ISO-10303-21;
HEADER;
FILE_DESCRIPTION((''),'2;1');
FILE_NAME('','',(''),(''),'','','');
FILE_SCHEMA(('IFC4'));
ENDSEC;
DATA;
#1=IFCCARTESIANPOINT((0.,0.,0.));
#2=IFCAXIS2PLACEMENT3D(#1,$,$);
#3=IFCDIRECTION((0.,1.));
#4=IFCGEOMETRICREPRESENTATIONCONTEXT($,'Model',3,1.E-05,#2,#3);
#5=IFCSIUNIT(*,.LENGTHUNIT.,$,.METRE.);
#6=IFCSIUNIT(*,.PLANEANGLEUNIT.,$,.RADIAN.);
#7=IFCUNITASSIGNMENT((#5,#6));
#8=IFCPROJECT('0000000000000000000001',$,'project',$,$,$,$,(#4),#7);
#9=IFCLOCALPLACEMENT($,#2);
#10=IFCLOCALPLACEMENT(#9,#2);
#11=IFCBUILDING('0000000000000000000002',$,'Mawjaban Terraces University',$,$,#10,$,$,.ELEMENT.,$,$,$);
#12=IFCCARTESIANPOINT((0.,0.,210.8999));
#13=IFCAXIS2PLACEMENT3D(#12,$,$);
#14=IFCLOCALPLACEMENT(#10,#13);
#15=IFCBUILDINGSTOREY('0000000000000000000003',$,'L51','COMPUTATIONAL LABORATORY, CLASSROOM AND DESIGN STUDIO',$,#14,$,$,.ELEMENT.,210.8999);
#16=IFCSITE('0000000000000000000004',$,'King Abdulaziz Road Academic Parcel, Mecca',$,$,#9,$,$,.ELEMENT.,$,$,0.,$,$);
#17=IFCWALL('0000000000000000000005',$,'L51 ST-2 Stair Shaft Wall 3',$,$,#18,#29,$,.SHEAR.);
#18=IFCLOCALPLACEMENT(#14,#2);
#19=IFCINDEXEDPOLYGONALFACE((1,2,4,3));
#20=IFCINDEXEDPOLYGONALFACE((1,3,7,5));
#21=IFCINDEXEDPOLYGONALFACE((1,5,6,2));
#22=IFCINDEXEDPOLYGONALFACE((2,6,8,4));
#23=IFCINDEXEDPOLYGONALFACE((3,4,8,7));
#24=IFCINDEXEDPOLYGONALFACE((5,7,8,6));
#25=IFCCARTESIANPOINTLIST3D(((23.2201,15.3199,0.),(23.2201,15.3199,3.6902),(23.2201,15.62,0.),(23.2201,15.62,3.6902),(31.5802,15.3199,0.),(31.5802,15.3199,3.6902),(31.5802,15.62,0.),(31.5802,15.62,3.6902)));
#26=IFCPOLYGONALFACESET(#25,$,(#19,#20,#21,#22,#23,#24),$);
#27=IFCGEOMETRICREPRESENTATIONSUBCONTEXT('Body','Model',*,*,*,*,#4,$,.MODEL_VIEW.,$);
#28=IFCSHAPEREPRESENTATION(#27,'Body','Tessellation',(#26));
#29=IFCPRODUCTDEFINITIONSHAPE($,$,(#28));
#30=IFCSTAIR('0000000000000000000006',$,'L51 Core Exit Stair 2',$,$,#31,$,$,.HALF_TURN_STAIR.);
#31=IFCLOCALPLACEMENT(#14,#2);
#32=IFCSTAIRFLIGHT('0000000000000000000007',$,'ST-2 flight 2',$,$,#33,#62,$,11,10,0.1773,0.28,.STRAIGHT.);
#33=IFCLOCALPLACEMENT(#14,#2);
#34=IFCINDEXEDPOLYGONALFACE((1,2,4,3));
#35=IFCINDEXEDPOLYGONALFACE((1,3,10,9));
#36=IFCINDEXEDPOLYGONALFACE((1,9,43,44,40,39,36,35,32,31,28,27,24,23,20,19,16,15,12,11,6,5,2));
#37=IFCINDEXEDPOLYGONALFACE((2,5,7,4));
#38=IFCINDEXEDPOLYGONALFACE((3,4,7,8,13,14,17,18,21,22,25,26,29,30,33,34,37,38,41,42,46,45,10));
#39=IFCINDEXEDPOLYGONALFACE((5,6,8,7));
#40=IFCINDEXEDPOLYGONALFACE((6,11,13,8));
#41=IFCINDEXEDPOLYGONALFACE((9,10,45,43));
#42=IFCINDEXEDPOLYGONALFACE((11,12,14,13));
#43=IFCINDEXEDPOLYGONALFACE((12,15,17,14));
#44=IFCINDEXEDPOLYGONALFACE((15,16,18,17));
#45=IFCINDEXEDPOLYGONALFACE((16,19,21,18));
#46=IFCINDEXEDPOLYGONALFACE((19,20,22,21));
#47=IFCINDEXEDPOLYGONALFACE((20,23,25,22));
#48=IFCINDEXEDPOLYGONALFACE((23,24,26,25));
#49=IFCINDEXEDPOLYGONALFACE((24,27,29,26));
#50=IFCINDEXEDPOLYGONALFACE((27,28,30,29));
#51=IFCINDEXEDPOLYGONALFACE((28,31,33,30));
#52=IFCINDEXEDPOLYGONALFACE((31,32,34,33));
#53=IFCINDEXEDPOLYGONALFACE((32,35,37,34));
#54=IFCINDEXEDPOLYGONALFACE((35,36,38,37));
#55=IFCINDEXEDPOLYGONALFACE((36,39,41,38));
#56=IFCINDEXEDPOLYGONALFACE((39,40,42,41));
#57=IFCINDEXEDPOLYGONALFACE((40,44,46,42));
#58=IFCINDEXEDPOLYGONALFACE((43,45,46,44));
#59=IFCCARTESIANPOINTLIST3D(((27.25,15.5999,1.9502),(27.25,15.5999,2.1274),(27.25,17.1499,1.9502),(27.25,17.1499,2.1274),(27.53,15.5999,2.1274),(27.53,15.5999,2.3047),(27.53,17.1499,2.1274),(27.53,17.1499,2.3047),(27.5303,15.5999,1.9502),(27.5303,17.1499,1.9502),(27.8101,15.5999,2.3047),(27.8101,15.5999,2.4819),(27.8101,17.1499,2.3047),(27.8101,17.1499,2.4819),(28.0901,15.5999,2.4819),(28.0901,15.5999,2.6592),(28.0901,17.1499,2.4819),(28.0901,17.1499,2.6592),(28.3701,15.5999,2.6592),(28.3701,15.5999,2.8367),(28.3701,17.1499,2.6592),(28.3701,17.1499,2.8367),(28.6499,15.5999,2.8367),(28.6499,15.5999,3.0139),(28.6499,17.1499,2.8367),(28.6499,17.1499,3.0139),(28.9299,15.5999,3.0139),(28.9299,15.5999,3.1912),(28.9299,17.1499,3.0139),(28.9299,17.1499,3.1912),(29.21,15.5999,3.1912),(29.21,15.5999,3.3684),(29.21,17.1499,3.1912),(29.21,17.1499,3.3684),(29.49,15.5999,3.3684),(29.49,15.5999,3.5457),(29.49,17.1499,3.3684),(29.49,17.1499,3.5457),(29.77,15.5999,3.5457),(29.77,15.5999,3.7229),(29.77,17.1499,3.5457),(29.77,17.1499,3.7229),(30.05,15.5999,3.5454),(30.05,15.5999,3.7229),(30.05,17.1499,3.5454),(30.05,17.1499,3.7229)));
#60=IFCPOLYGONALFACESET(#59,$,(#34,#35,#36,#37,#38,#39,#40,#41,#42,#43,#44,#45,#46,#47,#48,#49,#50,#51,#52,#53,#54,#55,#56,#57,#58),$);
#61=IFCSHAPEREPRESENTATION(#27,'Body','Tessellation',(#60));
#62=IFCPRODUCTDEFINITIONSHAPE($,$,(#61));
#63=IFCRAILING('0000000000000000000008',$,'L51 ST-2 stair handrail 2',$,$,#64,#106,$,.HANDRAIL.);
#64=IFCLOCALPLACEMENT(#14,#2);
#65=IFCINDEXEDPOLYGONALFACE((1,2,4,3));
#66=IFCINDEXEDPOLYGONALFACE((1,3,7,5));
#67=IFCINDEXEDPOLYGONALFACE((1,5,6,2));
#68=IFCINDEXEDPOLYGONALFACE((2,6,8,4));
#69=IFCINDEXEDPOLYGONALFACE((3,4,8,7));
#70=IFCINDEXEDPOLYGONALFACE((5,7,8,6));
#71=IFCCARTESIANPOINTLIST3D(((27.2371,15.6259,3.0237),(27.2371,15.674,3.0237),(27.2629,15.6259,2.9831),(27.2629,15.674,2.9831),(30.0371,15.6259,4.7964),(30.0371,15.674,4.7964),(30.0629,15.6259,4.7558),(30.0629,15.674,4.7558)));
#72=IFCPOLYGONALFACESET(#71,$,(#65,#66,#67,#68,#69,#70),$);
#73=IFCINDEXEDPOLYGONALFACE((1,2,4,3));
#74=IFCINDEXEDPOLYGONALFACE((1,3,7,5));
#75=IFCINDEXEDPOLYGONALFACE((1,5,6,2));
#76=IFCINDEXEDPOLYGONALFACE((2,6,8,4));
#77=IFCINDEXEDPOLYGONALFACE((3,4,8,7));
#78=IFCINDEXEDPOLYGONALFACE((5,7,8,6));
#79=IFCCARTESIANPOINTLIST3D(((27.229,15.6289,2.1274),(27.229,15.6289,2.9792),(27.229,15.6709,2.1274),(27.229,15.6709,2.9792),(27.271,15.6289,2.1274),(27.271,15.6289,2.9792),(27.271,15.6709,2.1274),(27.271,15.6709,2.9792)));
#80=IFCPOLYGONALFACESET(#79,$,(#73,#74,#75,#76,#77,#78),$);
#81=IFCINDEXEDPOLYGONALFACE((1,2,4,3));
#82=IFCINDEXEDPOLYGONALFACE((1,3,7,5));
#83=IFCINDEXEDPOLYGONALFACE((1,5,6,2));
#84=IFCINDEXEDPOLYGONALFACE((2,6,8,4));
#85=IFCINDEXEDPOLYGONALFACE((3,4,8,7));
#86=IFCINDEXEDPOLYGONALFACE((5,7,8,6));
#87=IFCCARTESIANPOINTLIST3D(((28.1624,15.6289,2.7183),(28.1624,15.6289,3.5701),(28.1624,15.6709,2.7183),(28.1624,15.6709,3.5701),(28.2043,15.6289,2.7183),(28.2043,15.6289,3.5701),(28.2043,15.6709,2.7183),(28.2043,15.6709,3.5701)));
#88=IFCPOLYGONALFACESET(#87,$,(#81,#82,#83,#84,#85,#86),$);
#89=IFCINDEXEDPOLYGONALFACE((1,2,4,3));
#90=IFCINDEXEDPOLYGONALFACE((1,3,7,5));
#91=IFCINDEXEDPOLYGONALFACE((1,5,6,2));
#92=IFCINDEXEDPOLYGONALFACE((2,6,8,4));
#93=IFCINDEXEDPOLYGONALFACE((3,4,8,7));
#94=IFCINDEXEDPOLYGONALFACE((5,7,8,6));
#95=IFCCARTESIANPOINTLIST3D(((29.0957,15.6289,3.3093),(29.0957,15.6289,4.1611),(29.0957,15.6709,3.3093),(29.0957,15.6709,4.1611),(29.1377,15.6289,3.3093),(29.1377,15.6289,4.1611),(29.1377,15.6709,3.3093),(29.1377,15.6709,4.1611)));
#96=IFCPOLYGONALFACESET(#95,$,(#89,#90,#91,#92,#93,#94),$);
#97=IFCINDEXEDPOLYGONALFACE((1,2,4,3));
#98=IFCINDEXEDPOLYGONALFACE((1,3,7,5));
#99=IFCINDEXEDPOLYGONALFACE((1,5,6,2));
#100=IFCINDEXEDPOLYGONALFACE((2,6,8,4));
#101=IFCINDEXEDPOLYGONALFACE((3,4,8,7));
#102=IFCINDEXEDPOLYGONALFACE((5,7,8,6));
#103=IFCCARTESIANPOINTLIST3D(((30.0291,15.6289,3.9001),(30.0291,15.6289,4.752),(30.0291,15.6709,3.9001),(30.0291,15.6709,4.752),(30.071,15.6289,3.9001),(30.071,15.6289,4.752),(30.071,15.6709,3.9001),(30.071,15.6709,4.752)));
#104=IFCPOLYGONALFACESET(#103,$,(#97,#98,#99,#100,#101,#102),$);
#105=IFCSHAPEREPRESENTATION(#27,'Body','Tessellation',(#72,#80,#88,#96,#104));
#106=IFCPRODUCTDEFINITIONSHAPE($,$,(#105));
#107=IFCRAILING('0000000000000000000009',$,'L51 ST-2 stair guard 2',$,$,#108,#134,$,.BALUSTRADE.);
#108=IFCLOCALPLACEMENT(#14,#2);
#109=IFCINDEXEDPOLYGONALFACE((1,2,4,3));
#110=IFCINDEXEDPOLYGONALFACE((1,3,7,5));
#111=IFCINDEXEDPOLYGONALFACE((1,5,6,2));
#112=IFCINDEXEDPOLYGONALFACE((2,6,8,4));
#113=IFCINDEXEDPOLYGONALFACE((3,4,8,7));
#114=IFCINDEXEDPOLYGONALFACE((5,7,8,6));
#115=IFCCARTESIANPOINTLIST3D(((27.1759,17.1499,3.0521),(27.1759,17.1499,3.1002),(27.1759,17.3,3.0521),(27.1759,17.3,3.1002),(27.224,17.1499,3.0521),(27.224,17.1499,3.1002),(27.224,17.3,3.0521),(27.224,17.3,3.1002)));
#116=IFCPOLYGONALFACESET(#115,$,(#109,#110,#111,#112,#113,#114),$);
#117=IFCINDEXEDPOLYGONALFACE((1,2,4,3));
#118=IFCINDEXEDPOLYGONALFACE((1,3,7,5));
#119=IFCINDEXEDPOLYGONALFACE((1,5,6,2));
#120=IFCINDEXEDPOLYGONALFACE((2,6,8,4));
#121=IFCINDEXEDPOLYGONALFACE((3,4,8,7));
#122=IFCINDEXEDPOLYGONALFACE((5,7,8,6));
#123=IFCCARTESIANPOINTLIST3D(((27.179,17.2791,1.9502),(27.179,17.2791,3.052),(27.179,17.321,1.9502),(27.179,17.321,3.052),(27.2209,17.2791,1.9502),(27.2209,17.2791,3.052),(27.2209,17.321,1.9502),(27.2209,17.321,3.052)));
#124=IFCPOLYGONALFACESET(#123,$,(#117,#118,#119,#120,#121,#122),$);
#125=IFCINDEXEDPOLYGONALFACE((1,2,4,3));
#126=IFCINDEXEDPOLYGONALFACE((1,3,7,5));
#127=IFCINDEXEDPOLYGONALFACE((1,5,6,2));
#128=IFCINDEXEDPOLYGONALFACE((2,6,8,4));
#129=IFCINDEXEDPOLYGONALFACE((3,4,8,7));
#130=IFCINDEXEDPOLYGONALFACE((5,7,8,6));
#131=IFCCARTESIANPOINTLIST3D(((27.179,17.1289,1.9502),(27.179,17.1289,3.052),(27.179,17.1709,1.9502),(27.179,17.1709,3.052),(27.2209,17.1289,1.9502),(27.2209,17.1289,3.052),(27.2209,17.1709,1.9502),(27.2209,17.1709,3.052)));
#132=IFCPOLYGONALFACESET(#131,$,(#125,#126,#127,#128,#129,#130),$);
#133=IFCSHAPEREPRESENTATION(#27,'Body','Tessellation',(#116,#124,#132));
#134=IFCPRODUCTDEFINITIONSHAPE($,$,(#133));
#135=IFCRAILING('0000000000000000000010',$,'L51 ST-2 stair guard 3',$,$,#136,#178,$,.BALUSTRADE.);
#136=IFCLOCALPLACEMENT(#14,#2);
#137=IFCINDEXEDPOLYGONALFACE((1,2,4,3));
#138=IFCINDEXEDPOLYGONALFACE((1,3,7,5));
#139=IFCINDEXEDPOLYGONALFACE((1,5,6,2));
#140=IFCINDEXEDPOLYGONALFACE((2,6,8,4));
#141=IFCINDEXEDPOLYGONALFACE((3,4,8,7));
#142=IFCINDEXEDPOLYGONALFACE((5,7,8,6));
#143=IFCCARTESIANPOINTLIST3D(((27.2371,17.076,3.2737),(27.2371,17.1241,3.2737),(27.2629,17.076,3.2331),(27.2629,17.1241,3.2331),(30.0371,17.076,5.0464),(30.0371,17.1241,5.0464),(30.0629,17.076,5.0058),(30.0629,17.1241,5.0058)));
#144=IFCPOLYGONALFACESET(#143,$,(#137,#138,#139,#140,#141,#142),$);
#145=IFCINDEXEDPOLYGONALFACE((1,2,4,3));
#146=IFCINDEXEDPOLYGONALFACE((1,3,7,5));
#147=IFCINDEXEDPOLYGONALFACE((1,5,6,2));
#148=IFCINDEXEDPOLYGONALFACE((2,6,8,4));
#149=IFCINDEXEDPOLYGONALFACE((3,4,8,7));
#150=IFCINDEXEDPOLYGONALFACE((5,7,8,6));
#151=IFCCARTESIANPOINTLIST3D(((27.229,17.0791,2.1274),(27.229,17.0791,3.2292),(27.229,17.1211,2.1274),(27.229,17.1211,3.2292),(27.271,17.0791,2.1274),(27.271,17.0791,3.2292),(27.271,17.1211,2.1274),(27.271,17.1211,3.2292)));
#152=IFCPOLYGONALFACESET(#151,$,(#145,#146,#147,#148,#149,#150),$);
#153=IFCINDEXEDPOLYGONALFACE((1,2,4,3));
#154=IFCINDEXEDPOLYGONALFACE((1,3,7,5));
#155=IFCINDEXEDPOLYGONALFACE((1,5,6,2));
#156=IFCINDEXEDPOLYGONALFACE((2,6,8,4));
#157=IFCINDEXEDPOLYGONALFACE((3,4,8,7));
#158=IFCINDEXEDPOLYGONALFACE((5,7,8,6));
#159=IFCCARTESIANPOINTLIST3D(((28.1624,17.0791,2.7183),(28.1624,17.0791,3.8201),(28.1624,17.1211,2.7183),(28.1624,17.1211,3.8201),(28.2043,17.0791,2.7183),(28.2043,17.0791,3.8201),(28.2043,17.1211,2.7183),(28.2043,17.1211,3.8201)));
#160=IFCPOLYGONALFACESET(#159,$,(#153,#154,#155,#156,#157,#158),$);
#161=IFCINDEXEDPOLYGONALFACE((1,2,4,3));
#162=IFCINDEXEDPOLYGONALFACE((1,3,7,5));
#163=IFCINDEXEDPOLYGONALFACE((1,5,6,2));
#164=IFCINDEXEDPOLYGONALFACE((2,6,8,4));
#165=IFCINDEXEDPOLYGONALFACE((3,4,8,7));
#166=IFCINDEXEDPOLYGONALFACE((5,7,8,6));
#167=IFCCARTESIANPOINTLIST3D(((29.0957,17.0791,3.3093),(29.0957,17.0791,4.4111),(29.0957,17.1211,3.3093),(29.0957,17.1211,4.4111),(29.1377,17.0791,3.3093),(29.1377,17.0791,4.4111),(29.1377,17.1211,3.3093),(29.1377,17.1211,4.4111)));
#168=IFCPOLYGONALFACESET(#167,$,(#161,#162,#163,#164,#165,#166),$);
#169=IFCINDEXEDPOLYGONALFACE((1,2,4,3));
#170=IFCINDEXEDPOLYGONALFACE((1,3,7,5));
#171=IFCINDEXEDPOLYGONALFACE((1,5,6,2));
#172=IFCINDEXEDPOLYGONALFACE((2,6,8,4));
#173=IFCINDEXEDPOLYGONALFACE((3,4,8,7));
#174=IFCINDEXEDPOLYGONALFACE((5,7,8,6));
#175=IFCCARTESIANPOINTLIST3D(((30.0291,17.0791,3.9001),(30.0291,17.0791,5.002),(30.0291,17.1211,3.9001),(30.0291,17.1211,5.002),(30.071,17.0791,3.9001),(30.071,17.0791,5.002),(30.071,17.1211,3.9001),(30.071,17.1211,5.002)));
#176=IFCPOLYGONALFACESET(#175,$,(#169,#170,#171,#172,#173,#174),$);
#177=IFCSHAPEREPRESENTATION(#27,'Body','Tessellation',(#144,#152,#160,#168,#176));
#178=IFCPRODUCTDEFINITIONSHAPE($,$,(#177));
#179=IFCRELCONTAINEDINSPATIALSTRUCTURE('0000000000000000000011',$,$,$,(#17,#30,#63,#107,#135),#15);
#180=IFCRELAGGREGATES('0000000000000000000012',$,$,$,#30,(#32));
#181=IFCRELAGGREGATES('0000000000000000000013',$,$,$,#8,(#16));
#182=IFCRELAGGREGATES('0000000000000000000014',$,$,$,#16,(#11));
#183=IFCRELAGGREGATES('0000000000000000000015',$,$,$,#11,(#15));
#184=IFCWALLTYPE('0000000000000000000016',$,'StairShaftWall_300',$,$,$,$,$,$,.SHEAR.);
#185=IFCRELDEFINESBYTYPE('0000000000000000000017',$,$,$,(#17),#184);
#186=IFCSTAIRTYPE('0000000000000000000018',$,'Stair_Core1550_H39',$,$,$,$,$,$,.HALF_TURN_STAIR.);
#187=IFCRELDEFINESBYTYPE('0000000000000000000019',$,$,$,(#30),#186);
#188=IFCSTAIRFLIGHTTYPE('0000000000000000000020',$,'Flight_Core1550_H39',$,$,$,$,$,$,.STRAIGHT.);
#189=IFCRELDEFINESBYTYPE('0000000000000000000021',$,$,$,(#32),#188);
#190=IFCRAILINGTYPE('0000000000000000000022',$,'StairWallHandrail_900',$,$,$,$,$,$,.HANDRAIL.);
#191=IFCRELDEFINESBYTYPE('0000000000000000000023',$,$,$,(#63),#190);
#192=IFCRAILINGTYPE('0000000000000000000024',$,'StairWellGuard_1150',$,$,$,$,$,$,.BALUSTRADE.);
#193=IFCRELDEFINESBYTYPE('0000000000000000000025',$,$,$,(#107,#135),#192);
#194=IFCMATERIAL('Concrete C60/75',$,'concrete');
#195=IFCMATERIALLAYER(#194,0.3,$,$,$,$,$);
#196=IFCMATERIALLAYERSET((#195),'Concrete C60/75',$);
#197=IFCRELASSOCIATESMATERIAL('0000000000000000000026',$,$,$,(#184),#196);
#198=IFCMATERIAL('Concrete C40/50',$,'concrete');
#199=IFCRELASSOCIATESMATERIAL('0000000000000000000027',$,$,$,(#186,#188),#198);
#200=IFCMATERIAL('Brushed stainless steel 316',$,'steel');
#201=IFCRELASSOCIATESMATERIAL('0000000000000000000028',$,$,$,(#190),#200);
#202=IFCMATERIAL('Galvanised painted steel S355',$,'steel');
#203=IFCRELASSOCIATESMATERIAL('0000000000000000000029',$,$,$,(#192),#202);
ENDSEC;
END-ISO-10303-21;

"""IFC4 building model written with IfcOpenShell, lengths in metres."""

from ifc_helpers import new_model, si_unit, direction, frame, frame_2d, origin, origin_2d, place, context, subcontext, project, spatial, polyline, rectangle, outline, extrude, material, layer, layer_set, type_object, element, aggregate, save


model = new_model("IFC4")

# Units and contexts
model_context = context("Model", 3, precision=1e-05, world=origin(), true_north=direction((0.0, 1.0)))
body_context = subcontext(model_context, "Body", "Model", "MODEL_VIEW")
ifc_project = project(units=[si_unit("LENGTHUNIT", "METRE"), si_unit("PLANEANGLEUNIT", "RADIAN")], contexts=[model_context])

# Site, building, storey
site_placement = place(None, origin())
site = spatial("IfcSite", under=ifc_project, at=site_placement, Name="King Abdulaziz Road Academic Parcel, Mecca", CompositionType="ELEMENT", RefElevation=0.0)
building_placement = place(site_placement, origin())
building = spatial("IfcBuilding", under=site, at=building_placement, Name="Mawjaban Terraces University", CompositionType="ELEMENT")
storey_placement = place(building_placement, frame((0.0, 0.0, 210.8999)))
storey = spatial("IfcBuildingStorey", under=building, at=storey_placement, Name="L51", Description="COMPUTATIONAL LABORATORY, CLASSROOM AND DESIGN STUDIO", CompositionType="ELEMENT", Elevation=210.8999)

# Shared definitions
ifc_material_1 = material(Name="Concrete C60/75", Category="concrete")

# Wall
ifc_material_2 = material(Name="Concrete C40/50", Category="concrete")
ifc_layer_1 = layer(ifc_material_1, 0.3)
ifc_layer_set_1 = layer_set([ifc_layer_1], Name="Concrete C60/75")
wall_type_1 = type_object("IfcWallType", Name="StairShaftWall_300", PredefinedType="SHEAR", material=ifc_layer_set_1)
wall_1_placement = place(storey_placement, frame((23.22, 15.47, 0.0), z_axis=(0.0, 0.0, 1.0), x_axis=(1.0, 0.0, 0.0)))
element("IfcWall", 1, at=wall_1_placement, inside=storey, type_object=wall_type_1, Name="L51 ST-2 Stair Shaft Wall 3", PredefinedType="SHEAR", context=body_context, shape_type="SweptSolid", body=[
    extrude(rectangle(XDim=8.3601, YDim=0.3, at=frame_2d((4.1802, 0.0))), origin(), (0.0, 0.0, 1.0), 3.6902),
])

# Stair, stair flight
stair_type = type_object("IfcStairType", Name="Stair_Core1550_H39", PredefinedType="HALF_TURN_STAIR", material=ifc_material_2)
stair_placement = place(storey_placement, origin())
stair = element("IfcStair", 2, at=stair_placement, inside=storey, type_object=stair_type, Name="L51 Core Exit Stair 2", PredefinedType="HALF_TURN_STAIR")
stair_flight_type = type_object("IfcStairFlightType", Name="Flight_Core1550_H39", PredefinedType="STRAIGHT", material=ifc_material_2)
stair_flight_placement = place(storey_placement, frame((27.25, 16.375, 1.9502), z_axis=(0.0, 0.0, 1.0), x_axis=(1.0, 0.0, 0.0)))
stair_flight = element("IfcStairFlight", 3, at=stair_flight_placement, type_object=stair_flight_type, Name="ST-2 flight 2", NumberOfRisers=11, NumberOfTreads=10, PredefinedType="STRAIGHT", RiserHeight=0.1773, TreadLength=0.28, context=body_context, shape_type="SweptSolid", body=[
    extrude(outline(polyline([(0.0, 0.0), (0.0, 0.1772), (0.28, 0.1772), (0.28, 0.3545), (0.5601, 0.3545), (0.5601, 0.5317), (0.8401, 0.5317), (0.8401, 0.709), (1.1201, 0.709), (1.1201, 0.8865), (1.3999, 0.8865), (1.3999, 1.0637), (1.6799, 1.0637), (1.6799, 1.241), (1.96, 1.241), (1.96, 1.4182), (2.24, 1.4182), (2.24, 1.5955), (2.52, 1.5955), (2.52, 1.7727), (2.8, 1.7727), (2.8, 1.95), (2.8, 1.5952), (0.2803, 0.0), (0.0, 0.0)])), frame((0.0, 0.7749, 0.0), z_axis=(0.0, -1.0, 0.0), x_axis=(1.0, 0.0, 0.0)), (0.0, 0.0, 1.0), 1.55),
])
aggregate(stair, [stair_flight])

# Railings
ifc_material_3 = material(Name="Brushed stainless steel 316", Category="steel")
railing_type_1 = type_object("IfcRailingType", Name="StairWallHandrail_900", PredefinedType="HANDRAIL", material=ifc_material_3)
railing_1_placement = place(storey_placement, frame((27.25, 15.6499, 2.1274)))
element("IfcRailing", 4, at=railing_1_placement, inside=storey, type_object=railing_type_1, Name="L51 ST-2 stair handrail 2", PredefinedType="HANDRAIL", context=body_context, shape_type="SweptSolid", body=[
    extrude(rectangle(XDim=0.0481, YDim=0.0481, at=origin_2d()), frame((0.0, 0.0, 0.876), z_axis=(0.844909, 0.0, 0.53491), x_axis=(0.0, 1.0, 0.0)), (0.0, 0.0, 1.0), 3.314),
    extrude(rectangle(XDim=0.042, YDim=0.042, at=origin_2d()), origin(), (0.0, 0.0, 1.0), 0.8518),
    extrude(rectangle(XDim=0.042, YDim=0.042, at=origin_2d()), frame((0.9333, 0.0, 0.5908)), (0.0, 0.0, 1.0), 0.8518),
    extrude(rectangle(XDim=0.042, YDim=0.042, at=origin_2d()), frame((1.8667, 0.0, 1.1819)), (0.0, 0.0, 1.0), 0.8518),
    extrude(rectangle(XDim=0.042, YDim=0.042, at=origin_2d()), frame((2.8, 0.0, 1.7727)), (0.0, 0.0, 1.0), 0.8518),
])
ifc_material_4 = material(Name="Galvanised painted steel S355", Category="steel")
railing_type_2 = type_object("IfcRailingType", Name="StairWellGuard_1150", PredefinedType="BALUSTRADE", material=ifc_material_4)
railing_2_placement = place(storey_placement, frame((27.2, 17.3, 1.9502)))
element("IfcRailing", 5, at=railing_2_placement, inside=storey, type_object=railing_type_2, Name="L51 ST-2 stair guard 2", PredefinedType="BALUSTRADE", context=body_context, shape_type="SweptSolid", body=[
    extrude(rectangle(XDim=0.0481, YDim=0.0481, at=origin_2d()), frame((0.0, 0.0, 1.126), z_axis=(0.0, -1.0, 0.0), x_axis=(1.0, 0.0, 0.0)), (0.0, 0.0, 1.0), 0.1501),
    extrude(rectangle(XDim=0.042, YDim=0.042, at=origin_2d()), origin(), (0.0, 0.0, 1.0), 1.1018),
    extrude(rectangle(XDim=0.042, YDim=0.042, at=origin_2d()), frame((0.0, -0.1501, 0.0)), (0.0, 0.0, 1.0), 1.1018),
])
railing_3_placement = place(storey_placement, frame((27.25, 17.1001, 2.1274)))
element("IfcRailing", 6, at=railing_3_placement, inside=storey, type_object=railing_type_2, Name="L51 ST-2 stair guard 3", PredefinedType="BALUSTRADE", context=body_context, shape_type="SweptSolid", body=[
    extrude(rectangle(XDim=0.0481, YDim=0.0481, at=origin_2d()), frame((0.0, 0.0, 1.126), z_axis=(0.844909, 0.0, 0.53491), x_axis=(0.0, 1.0, 0.0)), (0.0, 0.0, 1.0), 3.314),
    extrude(rectangle(XDim=0.042, YDim=0.042, at=origin_2d()), origin(), (0.0, 0.0, 1.0), 1.1018),
    extrude(rectangle(XDim=0.042, YDim=0.042, at=origin_2d()), frame((0.9333, 0.0, 0.5908)), (0.0, 0.0, 1.0), 1.1018),
    extrude(rectangle(XDim=0.042, YDim=0.042, at=origin_2d()), frame((1.8667, 0.0, 1.1819)), (0.0, 0.0, 1.0), 1.1018),
    extrude(rectangle(XDim=0.042, YDim=0.042, at=origin_2d()), frame((2.8, 0.0, 1.7727)), (0.0, 0.0, 1.0), 1.1018),
])

save(model, "model.ifc")
